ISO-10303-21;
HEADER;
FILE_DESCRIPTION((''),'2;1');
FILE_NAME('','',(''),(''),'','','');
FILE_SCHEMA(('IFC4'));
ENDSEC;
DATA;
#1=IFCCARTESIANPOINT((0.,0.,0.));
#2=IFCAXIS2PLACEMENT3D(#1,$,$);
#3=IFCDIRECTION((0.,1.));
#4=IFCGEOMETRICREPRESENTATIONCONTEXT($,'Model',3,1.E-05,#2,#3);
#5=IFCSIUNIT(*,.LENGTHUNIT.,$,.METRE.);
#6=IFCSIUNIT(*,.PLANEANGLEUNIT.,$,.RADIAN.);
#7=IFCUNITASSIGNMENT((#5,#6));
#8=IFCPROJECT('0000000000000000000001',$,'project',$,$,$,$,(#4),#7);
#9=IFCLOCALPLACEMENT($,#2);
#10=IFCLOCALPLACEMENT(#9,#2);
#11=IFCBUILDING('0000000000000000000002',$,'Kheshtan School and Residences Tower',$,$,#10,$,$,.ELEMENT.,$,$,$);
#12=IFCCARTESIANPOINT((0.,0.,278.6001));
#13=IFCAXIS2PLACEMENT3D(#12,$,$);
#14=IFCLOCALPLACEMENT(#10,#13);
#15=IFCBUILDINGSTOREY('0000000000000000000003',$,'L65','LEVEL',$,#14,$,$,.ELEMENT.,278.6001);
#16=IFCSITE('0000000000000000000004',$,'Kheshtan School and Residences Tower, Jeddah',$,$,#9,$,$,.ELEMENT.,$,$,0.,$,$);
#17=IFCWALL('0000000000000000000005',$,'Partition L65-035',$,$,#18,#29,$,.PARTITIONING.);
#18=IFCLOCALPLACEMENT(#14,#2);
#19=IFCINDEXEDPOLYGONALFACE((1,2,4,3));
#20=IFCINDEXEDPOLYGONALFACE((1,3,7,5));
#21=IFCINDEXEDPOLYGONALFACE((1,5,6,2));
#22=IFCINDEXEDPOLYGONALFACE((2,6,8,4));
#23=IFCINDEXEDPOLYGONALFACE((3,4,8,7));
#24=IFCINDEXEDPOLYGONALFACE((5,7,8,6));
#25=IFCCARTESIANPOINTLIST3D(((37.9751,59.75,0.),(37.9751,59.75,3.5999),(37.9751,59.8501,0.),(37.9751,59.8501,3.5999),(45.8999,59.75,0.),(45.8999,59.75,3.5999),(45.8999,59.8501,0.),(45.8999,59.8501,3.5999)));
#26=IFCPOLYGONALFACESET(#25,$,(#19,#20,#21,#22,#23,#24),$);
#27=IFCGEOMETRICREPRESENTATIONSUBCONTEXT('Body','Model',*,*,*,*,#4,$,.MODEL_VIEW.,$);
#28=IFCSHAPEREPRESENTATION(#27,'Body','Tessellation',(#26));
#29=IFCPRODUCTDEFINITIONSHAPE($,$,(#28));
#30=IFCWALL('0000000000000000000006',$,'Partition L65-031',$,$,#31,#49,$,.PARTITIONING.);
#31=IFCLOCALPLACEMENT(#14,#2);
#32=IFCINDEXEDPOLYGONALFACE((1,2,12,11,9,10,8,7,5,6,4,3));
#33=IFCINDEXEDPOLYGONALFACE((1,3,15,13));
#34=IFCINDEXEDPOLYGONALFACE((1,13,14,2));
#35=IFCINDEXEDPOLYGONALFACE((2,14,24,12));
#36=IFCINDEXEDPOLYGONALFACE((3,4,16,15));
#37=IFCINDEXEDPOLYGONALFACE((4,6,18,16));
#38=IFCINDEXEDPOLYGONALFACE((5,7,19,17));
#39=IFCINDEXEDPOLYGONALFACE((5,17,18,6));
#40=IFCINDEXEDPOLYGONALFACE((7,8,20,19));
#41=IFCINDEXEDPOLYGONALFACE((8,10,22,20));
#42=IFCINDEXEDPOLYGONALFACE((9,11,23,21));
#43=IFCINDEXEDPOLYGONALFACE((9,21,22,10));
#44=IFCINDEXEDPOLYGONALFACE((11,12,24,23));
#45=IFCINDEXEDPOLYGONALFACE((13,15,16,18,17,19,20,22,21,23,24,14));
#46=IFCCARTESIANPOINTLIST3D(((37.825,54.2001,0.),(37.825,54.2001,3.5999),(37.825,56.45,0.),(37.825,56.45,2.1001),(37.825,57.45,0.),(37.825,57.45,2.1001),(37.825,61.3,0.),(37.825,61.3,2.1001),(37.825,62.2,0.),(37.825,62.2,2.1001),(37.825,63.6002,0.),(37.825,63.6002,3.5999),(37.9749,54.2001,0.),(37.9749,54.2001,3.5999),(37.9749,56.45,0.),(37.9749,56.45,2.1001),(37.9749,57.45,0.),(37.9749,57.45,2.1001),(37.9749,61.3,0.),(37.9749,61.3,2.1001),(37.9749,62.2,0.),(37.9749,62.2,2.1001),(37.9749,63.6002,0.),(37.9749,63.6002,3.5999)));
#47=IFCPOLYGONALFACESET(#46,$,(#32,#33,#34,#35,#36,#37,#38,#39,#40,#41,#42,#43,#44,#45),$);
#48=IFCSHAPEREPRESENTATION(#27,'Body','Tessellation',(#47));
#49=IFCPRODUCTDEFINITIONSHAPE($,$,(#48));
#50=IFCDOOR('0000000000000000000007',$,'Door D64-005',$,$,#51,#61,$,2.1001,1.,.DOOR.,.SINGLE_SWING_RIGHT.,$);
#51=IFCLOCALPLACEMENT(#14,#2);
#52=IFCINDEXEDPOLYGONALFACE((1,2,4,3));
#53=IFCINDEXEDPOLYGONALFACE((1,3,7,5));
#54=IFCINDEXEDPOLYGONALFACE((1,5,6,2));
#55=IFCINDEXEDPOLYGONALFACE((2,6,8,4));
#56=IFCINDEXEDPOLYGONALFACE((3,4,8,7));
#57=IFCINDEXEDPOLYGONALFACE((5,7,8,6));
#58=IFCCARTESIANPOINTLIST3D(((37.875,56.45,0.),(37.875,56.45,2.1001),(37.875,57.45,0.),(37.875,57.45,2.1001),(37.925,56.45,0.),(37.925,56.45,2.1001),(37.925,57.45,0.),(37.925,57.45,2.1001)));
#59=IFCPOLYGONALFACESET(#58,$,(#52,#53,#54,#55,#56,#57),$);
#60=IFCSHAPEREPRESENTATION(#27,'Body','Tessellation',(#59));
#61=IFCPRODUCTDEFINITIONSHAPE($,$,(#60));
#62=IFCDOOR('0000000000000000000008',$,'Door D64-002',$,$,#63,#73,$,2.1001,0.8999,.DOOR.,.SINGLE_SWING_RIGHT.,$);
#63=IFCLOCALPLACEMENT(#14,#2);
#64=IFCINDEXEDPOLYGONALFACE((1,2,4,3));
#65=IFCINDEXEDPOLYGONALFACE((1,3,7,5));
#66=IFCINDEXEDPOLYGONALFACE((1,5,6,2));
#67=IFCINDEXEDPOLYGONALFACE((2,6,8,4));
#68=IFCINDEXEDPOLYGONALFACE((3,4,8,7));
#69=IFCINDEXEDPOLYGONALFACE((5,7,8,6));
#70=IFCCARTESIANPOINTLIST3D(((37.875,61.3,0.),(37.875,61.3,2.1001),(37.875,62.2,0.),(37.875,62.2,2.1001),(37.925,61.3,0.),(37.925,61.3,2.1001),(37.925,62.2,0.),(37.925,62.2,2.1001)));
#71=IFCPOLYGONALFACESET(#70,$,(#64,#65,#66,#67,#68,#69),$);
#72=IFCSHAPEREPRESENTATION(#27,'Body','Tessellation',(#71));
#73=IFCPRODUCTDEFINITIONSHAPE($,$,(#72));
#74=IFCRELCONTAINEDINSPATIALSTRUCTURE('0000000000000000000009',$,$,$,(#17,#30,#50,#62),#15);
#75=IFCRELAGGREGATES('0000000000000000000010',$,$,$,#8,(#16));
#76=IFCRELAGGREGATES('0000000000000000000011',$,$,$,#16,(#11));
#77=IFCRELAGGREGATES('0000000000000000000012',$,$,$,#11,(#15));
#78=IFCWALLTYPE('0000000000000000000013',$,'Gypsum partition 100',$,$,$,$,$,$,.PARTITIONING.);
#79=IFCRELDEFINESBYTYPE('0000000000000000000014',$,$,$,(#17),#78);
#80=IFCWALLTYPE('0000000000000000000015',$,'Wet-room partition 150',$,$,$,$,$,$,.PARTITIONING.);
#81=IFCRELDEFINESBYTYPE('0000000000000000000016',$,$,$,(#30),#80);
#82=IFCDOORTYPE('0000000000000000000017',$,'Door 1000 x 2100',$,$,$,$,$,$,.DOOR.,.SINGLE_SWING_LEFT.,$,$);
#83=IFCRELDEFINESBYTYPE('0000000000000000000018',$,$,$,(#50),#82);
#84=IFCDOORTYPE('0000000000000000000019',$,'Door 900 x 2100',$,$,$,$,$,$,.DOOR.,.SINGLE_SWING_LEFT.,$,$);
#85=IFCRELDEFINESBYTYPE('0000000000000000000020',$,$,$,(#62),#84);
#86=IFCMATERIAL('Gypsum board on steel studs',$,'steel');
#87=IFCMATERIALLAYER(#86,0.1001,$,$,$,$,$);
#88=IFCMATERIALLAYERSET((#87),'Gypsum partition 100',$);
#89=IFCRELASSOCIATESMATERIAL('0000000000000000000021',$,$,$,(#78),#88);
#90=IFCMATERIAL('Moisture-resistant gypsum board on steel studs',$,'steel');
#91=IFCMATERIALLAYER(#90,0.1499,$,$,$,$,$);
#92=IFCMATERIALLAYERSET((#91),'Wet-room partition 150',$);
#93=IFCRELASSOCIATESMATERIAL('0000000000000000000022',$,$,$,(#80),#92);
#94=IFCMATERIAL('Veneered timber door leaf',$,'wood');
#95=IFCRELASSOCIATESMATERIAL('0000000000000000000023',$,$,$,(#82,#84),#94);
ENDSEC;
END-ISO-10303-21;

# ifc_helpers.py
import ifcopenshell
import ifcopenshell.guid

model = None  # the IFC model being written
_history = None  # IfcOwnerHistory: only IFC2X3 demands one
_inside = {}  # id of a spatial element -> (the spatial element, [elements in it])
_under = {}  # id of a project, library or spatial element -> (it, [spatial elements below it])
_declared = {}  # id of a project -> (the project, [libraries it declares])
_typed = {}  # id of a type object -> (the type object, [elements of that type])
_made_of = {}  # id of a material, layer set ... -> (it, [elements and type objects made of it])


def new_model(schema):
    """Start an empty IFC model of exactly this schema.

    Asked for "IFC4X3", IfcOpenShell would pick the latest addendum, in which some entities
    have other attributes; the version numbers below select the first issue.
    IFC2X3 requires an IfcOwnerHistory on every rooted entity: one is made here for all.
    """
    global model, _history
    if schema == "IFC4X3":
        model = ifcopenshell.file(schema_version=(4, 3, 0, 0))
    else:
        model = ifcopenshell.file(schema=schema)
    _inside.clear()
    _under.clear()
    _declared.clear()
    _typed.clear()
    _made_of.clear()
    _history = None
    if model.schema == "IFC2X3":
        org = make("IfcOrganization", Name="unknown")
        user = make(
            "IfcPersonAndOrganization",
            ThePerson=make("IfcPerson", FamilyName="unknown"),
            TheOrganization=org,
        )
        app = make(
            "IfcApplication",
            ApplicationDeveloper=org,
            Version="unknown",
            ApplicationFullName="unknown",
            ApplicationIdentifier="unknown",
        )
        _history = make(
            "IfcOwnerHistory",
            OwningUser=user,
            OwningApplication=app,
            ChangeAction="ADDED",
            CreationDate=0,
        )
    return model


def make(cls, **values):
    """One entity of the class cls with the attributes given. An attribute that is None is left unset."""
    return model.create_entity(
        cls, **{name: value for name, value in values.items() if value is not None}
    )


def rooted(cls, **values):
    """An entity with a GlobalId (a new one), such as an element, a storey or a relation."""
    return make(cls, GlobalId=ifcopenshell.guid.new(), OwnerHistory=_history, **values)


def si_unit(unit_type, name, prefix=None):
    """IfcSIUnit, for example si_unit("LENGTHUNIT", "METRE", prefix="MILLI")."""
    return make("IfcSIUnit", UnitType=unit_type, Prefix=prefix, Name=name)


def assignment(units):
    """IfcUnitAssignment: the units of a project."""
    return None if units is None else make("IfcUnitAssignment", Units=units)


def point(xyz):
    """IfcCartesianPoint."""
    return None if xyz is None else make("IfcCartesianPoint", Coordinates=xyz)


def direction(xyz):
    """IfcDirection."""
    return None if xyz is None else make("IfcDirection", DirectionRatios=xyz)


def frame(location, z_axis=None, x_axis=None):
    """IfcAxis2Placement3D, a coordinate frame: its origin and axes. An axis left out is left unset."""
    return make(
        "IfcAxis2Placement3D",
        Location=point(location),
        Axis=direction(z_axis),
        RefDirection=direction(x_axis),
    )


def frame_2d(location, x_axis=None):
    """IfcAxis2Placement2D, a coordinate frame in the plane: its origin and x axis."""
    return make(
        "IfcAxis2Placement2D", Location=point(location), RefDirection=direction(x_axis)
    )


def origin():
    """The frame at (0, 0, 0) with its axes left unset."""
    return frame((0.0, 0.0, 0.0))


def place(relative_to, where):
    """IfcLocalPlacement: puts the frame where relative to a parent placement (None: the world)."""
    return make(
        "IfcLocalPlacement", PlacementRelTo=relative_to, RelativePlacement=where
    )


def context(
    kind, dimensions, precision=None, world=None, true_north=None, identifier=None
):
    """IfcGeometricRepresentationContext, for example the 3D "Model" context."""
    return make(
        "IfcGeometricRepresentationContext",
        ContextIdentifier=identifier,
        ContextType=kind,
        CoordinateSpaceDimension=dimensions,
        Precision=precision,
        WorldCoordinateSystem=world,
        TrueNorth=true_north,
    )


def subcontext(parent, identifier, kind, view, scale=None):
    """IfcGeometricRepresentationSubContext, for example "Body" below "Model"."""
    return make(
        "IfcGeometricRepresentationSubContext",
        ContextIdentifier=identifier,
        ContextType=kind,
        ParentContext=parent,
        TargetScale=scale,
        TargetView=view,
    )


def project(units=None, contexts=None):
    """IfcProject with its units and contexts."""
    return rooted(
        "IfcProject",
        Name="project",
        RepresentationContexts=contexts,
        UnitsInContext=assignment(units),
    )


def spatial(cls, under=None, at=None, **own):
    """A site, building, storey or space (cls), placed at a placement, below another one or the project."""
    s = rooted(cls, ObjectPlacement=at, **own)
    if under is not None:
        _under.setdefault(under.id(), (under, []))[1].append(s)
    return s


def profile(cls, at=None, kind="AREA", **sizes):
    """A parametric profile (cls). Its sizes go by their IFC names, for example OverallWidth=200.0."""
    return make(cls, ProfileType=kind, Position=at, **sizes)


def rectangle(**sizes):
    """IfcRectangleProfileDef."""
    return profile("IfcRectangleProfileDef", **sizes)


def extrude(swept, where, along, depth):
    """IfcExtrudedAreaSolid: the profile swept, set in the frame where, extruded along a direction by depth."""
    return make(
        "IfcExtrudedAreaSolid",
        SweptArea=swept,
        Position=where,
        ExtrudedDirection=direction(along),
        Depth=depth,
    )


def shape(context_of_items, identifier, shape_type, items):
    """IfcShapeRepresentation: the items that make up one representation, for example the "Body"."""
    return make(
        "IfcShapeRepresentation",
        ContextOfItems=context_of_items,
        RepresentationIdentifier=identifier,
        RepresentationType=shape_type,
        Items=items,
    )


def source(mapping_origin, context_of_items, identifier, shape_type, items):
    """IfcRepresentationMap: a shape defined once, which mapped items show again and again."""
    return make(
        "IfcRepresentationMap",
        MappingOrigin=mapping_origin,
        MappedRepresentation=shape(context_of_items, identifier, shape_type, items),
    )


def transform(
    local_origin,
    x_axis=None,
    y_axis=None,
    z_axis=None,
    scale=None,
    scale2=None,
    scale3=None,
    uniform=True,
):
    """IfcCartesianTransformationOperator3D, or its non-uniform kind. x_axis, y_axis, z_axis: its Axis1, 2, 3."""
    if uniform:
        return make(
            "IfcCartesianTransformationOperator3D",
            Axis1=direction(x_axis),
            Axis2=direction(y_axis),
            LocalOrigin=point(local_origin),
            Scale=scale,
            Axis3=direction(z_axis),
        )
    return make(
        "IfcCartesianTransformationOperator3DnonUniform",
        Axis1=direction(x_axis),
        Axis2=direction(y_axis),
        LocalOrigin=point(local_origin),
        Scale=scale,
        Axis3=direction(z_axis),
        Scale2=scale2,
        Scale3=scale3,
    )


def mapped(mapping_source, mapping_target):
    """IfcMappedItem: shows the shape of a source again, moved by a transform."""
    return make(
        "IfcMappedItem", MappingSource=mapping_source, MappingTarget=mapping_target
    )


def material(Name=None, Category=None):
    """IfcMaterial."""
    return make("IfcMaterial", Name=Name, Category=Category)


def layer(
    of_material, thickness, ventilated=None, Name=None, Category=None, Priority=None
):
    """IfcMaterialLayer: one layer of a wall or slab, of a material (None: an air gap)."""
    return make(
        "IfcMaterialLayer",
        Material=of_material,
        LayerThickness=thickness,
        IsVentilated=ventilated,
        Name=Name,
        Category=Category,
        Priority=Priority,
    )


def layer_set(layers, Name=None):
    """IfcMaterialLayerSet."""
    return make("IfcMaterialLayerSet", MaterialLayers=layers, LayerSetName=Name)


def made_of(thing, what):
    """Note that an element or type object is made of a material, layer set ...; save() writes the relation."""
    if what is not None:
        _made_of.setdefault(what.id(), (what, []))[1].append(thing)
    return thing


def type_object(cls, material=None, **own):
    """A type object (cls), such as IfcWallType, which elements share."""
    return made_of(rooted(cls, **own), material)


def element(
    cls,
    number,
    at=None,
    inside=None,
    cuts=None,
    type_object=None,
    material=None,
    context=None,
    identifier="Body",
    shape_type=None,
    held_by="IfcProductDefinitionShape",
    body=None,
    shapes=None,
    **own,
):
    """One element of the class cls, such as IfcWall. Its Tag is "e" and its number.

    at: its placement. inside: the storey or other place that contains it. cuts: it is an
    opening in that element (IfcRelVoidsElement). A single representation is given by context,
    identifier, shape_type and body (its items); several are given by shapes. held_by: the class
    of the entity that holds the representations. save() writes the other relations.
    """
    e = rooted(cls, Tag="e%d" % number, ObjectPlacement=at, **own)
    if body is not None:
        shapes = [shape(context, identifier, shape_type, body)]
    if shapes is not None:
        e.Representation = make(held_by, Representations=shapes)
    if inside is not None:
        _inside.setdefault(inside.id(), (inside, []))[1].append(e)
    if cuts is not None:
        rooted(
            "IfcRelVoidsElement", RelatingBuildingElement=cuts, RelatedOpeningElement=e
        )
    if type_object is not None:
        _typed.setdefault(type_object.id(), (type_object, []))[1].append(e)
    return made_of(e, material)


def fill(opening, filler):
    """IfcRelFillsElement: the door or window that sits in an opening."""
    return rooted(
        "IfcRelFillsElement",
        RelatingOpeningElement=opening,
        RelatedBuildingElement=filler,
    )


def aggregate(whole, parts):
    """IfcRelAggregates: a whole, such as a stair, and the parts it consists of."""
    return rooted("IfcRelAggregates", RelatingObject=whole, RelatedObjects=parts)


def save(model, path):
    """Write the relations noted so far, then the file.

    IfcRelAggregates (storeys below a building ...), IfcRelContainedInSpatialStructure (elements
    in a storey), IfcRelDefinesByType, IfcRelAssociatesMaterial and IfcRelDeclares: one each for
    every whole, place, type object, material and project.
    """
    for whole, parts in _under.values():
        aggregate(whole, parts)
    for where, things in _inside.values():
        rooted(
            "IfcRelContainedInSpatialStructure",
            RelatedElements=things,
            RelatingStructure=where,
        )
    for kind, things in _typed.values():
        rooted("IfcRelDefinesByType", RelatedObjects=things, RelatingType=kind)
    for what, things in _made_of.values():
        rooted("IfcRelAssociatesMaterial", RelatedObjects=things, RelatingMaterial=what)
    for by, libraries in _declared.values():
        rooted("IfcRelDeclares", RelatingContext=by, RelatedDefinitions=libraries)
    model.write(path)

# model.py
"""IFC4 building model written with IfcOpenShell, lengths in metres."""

from ifc_helpers import new_model, si_unit, direction, frame, frame_2d, origin, place, context, subcontext, project, spatial, rectangle, extrude, source, transform, mapped, material, layer, layer_set, type_object, element, fill, save


model = new_model("IFC4")

# Units and contexts
model_context = context("Model", 3, precision=1e-05, world=origin(), true_north=direction((0.0, 1.0)))
body_context = subcontext(model_context, "Body", "Model", "MODEL_VIEW")
ifc_project = project(units=[si_unit("LENGTHUNIT", "METRE"), si_unit("PLANEANGLEUNIT", "RADIAN")], contexts=[model_context])

# Site, building, storey
site_placement = place(None, origin())
site = spatial("IfcSite", under=ifc_project, at=site_placement, Name="Kheshtan School and Residences Tower, Jeddah", CompositionType="ELEMENT", RefElevation=0.0)
building_placement = place(site_placement, origin())
building = spatial("IfcBuilding", under=site, at=building_placement, Name="Kheshtan School and Residences Tower", CompositionType="ELEMENT")
storey_placement = place(building_placement, frame((0.0, 0.0, 278.6001)))
storey = spatial("IfcBuildingStorey", under=building, at=storey_placement, Name="L65", Description="LEVEL", CompositionType="ELEMENT", Elevation=278.6001)

# Wall
ifc_material_1 = material(Name="Gypsum board on steel studs", Category="steel")
ifc_layer_1 = layer(ifc_material_1, 0.1001)
ifc_layer_set_1 = layer_set([ifc_layer_1], Name="Gypsum partition 100")
wall_type_1 = type_object("IfcWallType", Name="Gypsum partition 100", PredefinedType="PARTITIONING", material=ifc_layer_set_1)
wall_1_placement = place(storey_placement, frame((37.9751, 59.8, 0.0), z_axis=(0.0, 0.0, 1.0), x_axis=(1.0, 0.0, 0.0)))
element("IfcWall", 1, at=wall_1_placement, inside=storey, type_object=wall_type_1, Name="Partition L65-035", PredefinedType="PARTITIONING", context=body_context, shape_type="SweptSolid", body=[
    extrude(rectangle(XDim=7.9248, YDim=0.1001, at=frame_2d((3.9624, 0.0))), origin(), (0.0, 0.0, 1.0), 3.5999),
])

# Wall, openings, doors
ifc_material_2 = material(Name="Moisture-resistant gypsum board on steel studs", Category="steel")
ifc_layer_2 = layer(ifc_material_2, 0.1499)
ifc_layer_set_2 = layer_set([ifc_layer_2], Name="Wet-room partition 150")
wall_type_2 = type_object("IfcWallType", Name="Wet-room partition 150", PredefinedType="PARTITIONING", material=ifc_layer_set_2)
wall_2_placement = place(storey_placement, frame((37.8999, 54.2, 0.0), z_axis=(0.0, 0.0, 1.0), x_axis=(0.0, 1.0, 0.0)))
wall_2 = element("IfcWall", 2, at=wall_2_placement, inside=storey, type_object=wall_type_2, Name="Partition L65-031", PredefinedType="PARTITIONING", context=body_context, shape_type="SweptSolid", body=[
    extrude(rectangle(XDim=9.4001, YDim=0.1499, at=frame_2d((4.7002, 0.0))), origin(), (0.0, 0.0, 1.0), 3.5999),
])
opening_1_placement = place(wall_2_placement, frame((7.1001, 0.0, 0.0)))
opening_1 = element("IfcOpeningElement", 3, at=opening_1_placement, cuts=wall_2, PredefinedType="OPENING", context=body_context, shape_type="SweptSolid", body=[
    extrude(rectangle(XDim=0.8999, YDim=2.1001, at=frame_2d((0.45, 1.05))), frame((0.0, 0.085, 0.0), z_axis=(0.0, -1.0, 0.0), x_axis=(1.0, 0.0, 0.0)), (0.0, 0.0, 1.0), 0.1699),
])
opening_2_placement = place(wall_2_placement, frame((2.25, 0.0, 0.0)))
opening_2 = element("IfcOpeningElement", 4, at=opening_2_placement, cuts=wall_2, PredefinedType="OPENING", context=body_context, shape_type="SweptSolid", body=[
    extrude(rectangle(XDim=1.0, YDim=2.1001, at=frame_2d((0.5, 1.05))), frame((0.0, 0.085, 0.0), z_axis=(0.0, -1.0, 0.0), x_axis=(1.0, 0.0, 0.0)), (0.0, 0.0, 1.0), 0.1699),
])
ifc_material_3 = material(Name="Veneered timber door leaf", Category="wood")
door_type_1 = type_object("IfcDoorType", Name="Door 1000 x 2100", OperationType="SINGLE_SWING_LEFT", PredefinedType="DOOR", material=ifc_material_3)
shared_shape_1 = source(origin(), body_context, "Body", "SweptSolid", [
    extrude(rectangle(XDim=1.0, YDim=2.1001, at=frame_2d((0.5, 1.05))), frame((0.0, 0.0249, 0.0), z_axis=(0.0, -1.0, 0.0), x_axis=(1.0, 0.0, 0.0)), (0.0, 0.0, 1.0), 0.05),
])
door_1_placement = place(opening_2_placement, origin())
door_1 = element("IfcDoor", 5, at=door_1_placement, inside=storey, type_object=door_type_1, Name="Door D64-005", OperationType="SINGLE_SWING_RIGHT", OverallHeight=2.1001, OverallWidth=1.0, PredefinedType="DOOR", context=body_context, shape_type="MappedRepresentation", body=[
    mapped(shared_shape_1, transform((0.0, 0.0, 0.0), x_axis=(1.0, 0.0, 0.0), y_axis=(0.0, 1.0, 0.0), z_axis=(0.0, 0.0, 1.0), scale=1.0)),
])
fill(opening_2, door_1)
door_type_2 = type_object("IfcDoorType", Name="Door 900 x 2100", OperationType="SINGLE_SWING_LEFT", PredefinedType="DOOR", material=ifc_material_3)
shared_shape_2 = source(origin(), body_context, "Body", "SweptSolid", [
    extrude(rectangle(XDim=0.8999, YDim=2.1001, at=frame_2d((0.45, 1.05))), frame((0.0, 0.0249, 0.0), z_axis=(0.0, -1.0, 0.0), x_axis=(1.0, 0.0, 0.0)), (0.0, 0.0, 1.0), 0.05),
])
door_2_placement = place(opening_1_placement, origin())
door_2 = element("IfcDoor", 6, at=door_2_placement, inside=storey, type_object=door_type_2, Name="Door D64-002", OperationType="SINGLE_SWING_RIGHT", OverallHeight=2.1001, OverallWidth=0.8999, PredefinedType="DOOR", context=body_context, shape_type="MappedRepresentation", body=[
    mapped(shared_shape_2, transform((0.0, 0.0, 0.0), x_axis=(1.0, 0.0, 0.0), y_axis=(0.0, 1.0, 0.0), z_axis=(0.0, 0.0, 1.0), scale=1.0)),
])
fill(opening_1, door_2)

save(model, "model.ifc")
